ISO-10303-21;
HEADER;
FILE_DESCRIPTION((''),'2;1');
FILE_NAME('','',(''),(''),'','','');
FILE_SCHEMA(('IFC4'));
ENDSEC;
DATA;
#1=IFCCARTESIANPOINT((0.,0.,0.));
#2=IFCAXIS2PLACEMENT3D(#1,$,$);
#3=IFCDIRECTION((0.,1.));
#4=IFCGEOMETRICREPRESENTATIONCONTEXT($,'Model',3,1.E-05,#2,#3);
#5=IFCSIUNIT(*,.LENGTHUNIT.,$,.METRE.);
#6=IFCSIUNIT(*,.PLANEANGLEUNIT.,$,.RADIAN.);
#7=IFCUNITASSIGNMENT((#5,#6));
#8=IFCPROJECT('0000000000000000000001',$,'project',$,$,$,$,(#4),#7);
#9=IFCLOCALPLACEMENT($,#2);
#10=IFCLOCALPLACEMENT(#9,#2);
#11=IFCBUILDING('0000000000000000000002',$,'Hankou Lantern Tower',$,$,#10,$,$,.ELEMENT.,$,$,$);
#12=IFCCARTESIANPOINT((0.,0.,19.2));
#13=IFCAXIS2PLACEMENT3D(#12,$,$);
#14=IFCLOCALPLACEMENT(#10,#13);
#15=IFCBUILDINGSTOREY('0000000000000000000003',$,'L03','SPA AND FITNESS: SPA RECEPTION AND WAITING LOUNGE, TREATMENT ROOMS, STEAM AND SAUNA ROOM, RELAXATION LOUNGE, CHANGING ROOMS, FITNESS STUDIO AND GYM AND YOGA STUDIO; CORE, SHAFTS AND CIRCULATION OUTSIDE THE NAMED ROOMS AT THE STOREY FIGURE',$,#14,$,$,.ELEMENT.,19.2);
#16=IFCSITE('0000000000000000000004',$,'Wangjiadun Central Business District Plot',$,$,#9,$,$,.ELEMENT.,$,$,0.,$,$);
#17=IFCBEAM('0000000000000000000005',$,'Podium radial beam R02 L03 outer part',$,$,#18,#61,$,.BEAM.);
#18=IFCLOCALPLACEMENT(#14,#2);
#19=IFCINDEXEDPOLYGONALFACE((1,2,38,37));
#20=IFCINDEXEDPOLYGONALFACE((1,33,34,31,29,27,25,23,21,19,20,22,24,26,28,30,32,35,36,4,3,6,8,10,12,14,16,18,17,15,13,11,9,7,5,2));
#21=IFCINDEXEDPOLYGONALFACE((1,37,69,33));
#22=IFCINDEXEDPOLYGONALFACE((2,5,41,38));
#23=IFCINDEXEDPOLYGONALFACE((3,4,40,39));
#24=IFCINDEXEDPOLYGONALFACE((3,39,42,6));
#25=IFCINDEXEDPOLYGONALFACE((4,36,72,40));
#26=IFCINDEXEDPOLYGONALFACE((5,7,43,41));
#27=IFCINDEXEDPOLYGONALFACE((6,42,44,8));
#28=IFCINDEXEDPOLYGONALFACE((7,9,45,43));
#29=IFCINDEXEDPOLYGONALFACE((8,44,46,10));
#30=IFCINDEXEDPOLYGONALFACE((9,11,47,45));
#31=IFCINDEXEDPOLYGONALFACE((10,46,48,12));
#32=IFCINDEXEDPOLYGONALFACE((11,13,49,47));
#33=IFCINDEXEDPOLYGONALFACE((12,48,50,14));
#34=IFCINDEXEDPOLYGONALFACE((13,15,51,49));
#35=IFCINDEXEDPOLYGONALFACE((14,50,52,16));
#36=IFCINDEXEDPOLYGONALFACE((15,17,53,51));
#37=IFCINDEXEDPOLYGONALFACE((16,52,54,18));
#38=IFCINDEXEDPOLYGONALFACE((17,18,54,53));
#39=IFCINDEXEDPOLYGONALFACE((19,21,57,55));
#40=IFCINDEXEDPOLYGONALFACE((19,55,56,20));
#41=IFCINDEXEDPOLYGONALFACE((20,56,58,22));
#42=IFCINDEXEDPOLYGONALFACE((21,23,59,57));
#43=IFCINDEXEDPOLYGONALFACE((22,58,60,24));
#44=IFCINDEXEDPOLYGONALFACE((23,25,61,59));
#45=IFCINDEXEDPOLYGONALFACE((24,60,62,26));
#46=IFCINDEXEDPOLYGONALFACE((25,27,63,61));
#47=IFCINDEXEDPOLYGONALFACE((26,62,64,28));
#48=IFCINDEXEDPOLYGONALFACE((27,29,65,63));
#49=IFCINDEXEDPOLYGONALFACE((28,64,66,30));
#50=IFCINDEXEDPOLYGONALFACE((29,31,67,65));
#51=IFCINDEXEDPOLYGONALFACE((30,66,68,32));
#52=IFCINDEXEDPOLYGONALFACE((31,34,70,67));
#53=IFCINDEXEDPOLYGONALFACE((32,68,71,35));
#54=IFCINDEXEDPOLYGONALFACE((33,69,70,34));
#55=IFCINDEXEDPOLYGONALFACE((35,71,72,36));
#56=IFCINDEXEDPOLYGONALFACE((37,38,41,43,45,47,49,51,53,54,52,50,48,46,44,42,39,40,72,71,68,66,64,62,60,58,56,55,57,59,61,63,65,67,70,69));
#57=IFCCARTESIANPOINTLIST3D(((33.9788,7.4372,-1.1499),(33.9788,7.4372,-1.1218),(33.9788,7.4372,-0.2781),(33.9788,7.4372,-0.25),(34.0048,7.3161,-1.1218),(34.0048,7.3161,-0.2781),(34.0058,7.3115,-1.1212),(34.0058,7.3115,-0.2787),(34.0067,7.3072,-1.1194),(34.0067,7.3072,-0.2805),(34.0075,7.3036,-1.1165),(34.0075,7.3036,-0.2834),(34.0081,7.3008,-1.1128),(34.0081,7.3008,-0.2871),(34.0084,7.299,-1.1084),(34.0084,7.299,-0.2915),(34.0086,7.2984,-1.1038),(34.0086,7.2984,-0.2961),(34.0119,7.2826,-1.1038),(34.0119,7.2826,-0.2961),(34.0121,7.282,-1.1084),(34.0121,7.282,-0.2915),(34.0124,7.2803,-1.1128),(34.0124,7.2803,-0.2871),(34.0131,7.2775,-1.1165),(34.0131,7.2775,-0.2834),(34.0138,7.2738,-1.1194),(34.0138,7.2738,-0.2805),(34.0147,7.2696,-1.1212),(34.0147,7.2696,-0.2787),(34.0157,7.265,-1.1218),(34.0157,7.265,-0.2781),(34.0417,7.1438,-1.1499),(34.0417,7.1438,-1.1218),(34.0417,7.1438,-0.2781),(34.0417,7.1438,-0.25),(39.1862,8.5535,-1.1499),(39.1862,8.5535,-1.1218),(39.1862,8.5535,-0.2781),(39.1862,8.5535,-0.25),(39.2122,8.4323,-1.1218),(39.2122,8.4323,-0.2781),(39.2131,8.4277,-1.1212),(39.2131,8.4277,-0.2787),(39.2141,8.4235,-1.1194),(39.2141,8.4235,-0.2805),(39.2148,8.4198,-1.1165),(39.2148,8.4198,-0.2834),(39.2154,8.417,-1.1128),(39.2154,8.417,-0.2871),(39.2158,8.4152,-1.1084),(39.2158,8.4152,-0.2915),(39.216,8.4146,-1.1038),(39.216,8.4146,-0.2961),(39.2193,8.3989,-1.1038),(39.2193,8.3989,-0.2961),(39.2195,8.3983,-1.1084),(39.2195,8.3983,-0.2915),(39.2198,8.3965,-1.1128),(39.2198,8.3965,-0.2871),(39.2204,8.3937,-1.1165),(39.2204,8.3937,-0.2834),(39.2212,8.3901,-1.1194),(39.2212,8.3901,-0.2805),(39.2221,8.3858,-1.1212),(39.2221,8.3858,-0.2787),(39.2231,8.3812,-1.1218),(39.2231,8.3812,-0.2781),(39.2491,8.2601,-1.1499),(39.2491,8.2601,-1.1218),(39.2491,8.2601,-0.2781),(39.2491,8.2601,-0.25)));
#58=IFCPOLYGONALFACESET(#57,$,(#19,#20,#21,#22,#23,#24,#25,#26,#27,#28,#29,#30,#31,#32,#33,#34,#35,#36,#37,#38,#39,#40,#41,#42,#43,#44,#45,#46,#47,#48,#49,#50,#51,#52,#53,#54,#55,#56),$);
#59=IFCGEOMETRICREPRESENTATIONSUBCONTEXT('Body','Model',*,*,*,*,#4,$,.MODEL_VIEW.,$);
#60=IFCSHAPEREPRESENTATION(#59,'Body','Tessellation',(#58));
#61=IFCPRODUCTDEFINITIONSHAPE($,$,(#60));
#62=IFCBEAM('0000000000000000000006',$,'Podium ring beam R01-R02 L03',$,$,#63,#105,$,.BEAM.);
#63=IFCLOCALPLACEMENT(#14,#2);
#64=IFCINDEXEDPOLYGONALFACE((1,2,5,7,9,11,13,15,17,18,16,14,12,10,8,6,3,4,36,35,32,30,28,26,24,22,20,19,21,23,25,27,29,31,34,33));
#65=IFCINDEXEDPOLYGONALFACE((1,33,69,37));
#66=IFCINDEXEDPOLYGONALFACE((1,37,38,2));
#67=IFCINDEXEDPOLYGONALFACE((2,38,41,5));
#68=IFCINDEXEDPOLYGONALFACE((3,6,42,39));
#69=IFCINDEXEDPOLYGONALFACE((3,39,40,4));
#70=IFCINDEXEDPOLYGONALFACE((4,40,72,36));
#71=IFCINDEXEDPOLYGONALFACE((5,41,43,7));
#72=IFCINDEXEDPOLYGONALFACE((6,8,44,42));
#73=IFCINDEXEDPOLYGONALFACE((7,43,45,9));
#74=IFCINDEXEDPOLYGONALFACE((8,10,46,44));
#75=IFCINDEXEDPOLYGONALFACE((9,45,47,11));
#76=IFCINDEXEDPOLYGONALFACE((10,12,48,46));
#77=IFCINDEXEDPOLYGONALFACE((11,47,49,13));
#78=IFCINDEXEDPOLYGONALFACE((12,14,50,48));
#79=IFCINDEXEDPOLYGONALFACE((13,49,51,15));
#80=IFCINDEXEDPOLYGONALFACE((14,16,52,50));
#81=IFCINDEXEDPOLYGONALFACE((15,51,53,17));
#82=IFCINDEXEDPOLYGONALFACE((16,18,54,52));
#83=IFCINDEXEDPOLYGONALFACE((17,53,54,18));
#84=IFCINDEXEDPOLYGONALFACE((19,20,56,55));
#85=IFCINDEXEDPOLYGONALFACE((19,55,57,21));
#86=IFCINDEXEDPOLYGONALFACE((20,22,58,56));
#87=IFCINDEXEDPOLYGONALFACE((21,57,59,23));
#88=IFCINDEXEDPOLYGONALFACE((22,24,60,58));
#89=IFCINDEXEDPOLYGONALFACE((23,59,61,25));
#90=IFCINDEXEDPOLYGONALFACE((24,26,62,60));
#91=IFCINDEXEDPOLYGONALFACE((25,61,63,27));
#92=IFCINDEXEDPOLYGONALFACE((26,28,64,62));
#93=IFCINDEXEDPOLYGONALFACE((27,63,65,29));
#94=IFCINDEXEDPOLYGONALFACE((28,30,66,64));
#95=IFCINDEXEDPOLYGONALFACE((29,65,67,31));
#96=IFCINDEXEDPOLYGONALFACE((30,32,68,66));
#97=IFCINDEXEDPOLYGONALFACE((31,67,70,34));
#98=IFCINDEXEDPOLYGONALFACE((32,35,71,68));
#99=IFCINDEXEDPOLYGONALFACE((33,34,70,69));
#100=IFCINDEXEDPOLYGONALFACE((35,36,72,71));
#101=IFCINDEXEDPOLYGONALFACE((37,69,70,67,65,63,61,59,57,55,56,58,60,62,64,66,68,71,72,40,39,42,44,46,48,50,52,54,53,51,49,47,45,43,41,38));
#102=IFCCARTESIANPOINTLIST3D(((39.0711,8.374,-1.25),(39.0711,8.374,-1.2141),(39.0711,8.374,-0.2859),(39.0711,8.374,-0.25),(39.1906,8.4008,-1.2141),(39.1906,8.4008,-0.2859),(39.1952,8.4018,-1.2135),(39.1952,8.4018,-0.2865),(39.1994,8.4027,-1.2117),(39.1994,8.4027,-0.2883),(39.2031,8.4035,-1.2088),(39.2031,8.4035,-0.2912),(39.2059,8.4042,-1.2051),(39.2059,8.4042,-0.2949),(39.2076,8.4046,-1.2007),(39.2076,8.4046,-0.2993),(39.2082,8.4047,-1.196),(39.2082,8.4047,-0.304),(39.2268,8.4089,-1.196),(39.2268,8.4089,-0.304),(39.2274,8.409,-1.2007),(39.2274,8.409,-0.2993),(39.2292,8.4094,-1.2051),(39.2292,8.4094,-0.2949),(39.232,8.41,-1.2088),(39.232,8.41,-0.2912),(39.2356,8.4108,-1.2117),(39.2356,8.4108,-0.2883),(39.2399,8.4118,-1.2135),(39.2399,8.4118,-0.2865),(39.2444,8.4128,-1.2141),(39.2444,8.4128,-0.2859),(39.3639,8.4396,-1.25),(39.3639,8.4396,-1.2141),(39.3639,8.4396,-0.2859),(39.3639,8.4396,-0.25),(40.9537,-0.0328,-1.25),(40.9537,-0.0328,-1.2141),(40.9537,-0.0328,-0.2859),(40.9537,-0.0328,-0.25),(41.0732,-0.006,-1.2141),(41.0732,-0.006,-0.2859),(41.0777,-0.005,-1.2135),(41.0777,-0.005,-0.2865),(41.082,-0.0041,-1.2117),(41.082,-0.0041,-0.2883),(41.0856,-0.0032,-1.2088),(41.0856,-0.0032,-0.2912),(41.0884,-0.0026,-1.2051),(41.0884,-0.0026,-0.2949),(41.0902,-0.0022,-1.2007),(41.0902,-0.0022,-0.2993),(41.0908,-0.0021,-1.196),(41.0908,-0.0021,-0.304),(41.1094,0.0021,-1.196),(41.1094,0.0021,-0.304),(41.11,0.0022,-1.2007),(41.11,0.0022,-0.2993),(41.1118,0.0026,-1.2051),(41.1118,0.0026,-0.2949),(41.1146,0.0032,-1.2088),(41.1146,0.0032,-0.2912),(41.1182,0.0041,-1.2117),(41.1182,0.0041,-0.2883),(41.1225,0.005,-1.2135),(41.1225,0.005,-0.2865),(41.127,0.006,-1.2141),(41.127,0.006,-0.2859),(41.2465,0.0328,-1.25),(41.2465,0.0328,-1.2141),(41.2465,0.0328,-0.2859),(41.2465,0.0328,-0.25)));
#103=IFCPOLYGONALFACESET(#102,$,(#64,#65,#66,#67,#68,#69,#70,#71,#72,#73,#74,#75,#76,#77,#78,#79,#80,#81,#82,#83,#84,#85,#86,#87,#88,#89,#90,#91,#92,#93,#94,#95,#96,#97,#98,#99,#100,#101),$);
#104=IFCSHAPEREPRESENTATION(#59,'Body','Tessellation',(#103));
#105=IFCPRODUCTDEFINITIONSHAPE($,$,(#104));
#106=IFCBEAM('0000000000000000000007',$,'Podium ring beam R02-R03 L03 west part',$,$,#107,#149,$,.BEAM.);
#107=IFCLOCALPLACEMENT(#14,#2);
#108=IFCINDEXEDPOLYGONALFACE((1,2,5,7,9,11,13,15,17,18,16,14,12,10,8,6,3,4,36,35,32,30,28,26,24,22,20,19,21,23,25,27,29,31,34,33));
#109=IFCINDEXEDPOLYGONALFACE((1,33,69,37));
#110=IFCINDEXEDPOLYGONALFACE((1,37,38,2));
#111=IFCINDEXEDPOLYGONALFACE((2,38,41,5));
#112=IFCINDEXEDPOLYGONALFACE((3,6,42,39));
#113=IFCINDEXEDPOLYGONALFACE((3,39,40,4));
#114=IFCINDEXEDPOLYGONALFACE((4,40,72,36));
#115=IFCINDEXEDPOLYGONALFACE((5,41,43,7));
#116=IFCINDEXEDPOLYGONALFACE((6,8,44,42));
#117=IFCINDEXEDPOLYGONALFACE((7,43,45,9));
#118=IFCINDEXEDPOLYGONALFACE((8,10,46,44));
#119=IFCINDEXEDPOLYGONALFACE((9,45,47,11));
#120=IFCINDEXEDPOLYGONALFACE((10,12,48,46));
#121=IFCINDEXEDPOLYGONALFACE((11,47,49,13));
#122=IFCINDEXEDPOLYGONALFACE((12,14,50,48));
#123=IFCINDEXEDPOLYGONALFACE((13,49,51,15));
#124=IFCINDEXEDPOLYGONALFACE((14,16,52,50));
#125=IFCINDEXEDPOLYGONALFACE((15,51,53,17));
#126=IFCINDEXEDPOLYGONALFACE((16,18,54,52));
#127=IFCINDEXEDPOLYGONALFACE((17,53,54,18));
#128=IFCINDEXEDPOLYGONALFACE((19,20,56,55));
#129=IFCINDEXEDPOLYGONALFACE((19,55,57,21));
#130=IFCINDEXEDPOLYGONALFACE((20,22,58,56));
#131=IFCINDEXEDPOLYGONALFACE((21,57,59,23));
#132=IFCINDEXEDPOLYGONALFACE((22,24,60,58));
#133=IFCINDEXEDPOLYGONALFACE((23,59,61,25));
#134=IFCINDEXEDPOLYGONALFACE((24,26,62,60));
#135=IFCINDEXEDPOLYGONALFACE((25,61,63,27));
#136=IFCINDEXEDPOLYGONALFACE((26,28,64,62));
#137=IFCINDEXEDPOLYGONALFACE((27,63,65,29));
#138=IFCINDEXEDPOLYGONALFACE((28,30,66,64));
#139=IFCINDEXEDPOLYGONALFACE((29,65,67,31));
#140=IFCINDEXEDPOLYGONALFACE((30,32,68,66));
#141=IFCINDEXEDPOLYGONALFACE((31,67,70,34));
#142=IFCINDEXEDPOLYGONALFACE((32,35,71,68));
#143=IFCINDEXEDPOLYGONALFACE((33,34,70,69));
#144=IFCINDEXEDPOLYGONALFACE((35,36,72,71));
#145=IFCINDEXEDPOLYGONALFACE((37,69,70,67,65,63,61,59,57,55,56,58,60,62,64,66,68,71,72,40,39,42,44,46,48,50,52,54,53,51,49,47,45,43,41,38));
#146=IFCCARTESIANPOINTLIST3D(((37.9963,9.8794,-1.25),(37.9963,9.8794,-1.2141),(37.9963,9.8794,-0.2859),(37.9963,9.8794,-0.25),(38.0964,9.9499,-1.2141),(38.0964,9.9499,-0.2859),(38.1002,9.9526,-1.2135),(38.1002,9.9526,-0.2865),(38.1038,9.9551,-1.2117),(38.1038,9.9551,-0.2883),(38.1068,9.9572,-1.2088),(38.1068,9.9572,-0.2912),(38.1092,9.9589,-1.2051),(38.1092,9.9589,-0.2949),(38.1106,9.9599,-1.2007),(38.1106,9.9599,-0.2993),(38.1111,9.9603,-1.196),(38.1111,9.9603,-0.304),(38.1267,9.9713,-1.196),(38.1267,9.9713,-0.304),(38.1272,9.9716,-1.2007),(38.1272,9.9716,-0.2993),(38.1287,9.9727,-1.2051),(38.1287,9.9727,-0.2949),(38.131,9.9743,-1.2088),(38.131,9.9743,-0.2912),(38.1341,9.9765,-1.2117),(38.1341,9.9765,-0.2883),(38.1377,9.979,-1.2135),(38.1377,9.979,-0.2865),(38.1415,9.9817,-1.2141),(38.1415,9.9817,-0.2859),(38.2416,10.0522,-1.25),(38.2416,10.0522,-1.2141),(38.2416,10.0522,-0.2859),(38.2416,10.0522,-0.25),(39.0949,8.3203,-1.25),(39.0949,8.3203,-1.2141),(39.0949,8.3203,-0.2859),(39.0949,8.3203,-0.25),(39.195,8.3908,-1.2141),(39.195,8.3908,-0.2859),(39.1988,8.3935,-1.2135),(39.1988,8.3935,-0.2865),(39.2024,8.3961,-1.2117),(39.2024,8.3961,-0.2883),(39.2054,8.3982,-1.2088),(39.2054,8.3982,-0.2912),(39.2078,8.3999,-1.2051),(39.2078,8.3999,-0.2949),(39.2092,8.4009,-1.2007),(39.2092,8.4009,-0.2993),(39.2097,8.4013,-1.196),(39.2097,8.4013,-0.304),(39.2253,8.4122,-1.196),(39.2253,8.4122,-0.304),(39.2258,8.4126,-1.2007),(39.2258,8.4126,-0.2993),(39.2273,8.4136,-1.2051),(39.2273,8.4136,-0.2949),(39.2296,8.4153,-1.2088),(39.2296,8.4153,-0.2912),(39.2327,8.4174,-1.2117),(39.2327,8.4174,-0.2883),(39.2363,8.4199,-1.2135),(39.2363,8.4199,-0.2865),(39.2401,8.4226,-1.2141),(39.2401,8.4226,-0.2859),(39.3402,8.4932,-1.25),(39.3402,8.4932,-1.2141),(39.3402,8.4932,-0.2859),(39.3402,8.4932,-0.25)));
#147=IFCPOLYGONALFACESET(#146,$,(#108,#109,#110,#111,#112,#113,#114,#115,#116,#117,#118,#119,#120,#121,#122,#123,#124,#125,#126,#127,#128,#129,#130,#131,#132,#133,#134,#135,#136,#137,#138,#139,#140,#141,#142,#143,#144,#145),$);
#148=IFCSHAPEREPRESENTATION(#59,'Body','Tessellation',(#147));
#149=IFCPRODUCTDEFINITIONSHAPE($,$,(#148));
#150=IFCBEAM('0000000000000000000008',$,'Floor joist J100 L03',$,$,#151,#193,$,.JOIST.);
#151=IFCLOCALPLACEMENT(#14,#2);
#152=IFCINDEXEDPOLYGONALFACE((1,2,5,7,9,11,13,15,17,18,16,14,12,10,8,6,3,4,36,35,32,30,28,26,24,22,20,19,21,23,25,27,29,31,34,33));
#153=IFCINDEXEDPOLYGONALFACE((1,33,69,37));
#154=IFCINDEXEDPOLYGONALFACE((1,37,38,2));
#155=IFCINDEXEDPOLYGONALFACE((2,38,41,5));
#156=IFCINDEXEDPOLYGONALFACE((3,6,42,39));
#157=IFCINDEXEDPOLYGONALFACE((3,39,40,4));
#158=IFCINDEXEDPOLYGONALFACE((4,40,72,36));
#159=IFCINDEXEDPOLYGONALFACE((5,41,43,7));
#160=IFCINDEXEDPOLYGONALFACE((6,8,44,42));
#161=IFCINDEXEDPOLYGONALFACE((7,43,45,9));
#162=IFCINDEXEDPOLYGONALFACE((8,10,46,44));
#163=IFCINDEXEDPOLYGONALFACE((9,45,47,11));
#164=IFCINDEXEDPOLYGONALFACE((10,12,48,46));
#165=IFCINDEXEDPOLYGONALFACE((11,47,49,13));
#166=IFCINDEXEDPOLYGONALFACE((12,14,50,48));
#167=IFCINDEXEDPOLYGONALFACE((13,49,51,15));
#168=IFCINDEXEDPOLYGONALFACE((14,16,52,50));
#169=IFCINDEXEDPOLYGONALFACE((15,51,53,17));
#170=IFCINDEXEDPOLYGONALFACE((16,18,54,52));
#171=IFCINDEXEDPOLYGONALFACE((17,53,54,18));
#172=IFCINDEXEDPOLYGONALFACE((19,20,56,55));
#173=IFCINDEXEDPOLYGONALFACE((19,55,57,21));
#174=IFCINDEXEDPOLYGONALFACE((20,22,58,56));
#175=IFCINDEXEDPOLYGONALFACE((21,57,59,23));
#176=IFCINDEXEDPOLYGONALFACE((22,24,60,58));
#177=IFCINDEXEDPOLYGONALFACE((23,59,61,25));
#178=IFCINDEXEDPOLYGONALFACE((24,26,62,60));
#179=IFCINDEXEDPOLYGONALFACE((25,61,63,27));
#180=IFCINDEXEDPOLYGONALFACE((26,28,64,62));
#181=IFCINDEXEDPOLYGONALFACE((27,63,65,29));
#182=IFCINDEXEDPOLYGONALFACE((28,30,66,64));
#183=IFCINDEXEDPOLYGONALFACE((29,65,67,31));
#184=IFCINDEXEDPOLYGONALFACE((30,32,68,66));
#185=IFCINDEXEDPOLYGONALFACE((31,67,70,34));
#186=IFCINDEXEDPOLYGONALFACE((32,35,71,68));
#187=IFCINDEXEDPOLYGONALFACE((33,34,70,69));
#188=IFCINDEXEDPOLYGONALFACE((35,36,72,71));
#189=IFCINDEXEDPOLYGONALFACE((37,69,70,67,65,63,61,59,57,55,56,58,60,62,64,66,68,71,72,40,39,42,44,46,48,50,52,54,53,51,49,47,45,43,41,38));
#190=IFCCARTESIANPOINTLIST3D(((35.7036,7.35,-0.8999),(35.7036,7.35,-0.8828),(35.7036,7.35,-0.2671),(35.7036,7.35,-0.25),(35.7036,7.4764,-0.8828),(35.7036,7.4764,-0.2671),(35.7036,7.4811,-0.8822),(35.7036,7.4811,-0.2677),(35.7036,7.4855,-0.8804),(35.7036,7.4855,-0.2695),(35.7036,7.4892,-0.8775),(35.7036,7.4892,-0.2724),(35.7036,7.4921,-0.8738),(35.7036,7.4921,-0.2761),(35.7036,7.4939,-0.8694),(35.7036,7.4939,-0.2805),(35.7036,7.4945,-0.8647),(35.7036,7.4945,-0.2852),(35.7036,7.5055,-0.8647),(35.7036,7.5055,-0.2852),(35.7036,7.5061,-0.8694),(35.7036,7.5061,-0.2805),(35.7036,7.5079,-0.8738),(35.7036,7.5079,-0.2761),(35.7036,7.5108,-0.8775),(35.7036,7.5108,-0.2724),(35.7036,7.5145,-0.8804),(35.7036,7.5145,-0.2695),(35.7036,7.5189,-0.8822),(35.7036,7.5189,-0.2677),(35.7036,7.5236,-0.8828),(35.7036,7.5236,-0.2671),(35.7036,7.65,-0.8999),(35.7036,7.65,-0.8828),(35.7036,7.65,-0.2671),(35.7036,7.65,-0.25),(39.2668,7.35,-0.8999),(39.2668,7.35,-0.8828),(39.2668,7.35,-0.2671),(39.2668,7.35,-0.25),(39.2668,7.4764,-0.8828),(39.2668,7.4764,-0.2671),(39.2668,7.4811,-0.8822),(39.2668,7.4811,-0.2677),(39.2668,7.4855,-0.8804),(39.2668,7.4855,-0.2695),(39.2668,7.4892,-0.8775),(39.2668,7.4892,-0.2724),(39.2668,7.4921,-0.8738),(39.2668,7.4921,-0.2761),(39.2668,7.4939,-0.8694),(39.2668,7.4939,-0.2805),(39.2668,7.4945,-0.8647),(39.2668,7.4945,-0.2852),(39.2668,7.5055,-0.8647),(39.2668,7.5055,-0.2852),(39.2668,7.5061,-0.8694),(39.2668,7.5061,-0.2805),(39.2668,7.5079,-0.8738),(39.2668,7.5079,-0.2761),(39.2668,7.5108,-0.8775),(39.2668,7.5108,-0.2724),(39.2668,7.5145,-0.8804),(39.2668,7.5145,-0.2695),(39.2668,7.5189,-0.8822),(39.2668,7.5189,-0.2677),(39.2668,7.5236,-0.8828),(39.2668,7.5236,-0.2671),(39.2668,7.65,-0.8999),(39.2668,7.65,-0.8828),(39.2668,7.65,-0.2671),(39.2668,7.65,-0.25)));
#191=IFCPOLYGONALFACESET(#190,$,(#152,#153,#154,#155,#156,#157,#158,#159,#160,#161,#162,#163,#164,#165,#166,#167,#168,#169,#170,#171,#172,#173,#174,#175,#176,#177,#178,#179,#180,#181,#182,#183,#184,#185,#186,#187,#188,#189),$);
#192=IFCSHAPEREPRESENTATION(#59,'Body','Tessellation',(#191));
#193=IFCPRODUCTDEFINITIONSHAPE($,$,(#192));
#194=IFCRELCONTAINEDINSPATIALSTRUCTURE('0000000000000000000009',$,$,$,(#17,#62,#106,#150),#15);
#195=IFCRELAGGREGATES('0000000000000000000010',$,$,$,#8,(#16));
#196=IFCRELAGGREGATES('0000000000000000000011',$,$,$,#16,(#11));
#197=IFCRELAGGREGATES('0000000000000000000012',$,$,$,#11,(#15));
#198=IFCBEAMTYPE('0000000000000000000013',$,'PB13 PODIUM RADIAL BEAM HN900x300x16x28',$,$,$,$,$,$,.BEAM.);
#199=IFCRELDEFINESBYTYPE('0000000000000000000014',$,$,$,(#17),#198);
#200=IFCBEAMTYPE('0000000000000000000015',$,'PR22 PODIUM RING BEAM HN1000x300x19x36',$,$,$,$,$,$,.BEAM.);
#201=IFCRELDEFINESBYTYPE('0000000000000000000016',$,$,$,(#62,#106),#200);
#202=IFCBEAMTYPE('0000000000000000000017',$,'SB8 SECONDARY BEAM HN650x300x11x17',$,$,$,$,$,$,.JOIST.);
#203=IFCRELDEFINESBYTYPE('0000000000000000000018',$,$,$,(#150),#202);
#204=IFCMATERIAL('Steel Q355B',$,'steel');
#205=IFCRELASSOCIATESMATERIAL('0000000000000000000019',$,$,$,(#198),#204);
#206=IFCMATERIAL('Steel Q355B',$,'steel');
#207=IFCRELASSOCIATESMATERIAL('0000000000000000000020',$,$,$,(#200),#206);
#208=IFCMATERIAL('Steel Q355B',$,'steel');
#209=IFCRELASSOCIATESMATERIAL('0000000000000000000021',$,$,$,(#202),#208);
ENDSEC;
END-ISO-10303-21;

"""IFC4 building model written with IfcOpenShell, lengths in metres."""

from ifc_helpers import new_model, si_unit, direction, frame, origin, origin_2d, place, context, subcontext, project, spatial, i_section, extrude, material, material_profile, profile_set, type_object, element, save


model = new_model("IFC4")

# Units and contexts
model_context = context("Model", 3, precision=1e-05, world=origin(), true_north=direction((0.0, 1.0)))
body_context = subcontext(model_context, "Body", "Model", "MODEL_VIEW")
ifc_project = project(units=[si_unit("LENGTHUNIT", "METRE"), si_unit("PLANEANGLEUNIT", "RADIAN")], contexts=[model_context])

# Site, building, storey
site_placement = place(None, origin())
site = spatial("IfcSite", under=ifc_project, at=site_placement, Name="Wangjiadun Central Business District Plot", CompositionType="ELEMENT", RefElevation=0.0)
building_placement = place(site_placement, origin())
building = spatial("IfcBuilding", under=site, at=building_placement, Name="Hankou Lantern Tower", CompositionType="ELEMENT")
storey_placement = place(building_placement, frame((0.0, 0.0, 19.2)))
storey = spatial("IfcBuildingStorey", under=building, at=storey_placement, Name="L03", Description="SPA AND FITNESS: SPA RECEPTION AND WAITING LOUNGE, TREATMENT ROOMS, STEAM AND SAUNA ROOM, RELAXATION LOUNGE, CHANGING ROOMS, FITNESS STUDIO AND GYM AND YOGA STUDIO; CORE, SHAFTS AND CIRCULATION OUTSIDE THE NAMED ROOMS AT THE STOREY FIGURE", CompositionType="ELEMENT", Elevation=19.2)

# Beams
ifc_material_1 = material(Name="Steel Q355B", Category="steel")
ifc_material_profile_1 = material_profile(ifc_material_1, i_section(OverallWidth=0.3, OverallDepth=0.8999, WebThickness=0.0161, FlangeThickness=0.0281, FilletRadius=0.0181, at=origin_2d()), Name="HN900x300x16x28")
ifc_profile_set_1 = profile_set([ifc_material_profile_1], Name="Steel Q355B")
beam_type_1 = type_object("IfcBeamType", Name="PB13 PODIUM RADIAL BEAM HN900x300x16x28", PredefinedType="BEAM", material=ifc_profile_set_1)
beam_1_placement = place(storey_placement, frame((34.0103, 7.2905, -0.7), z_axis=(0.977788, 0.209595, 0.0), x_axis=(-0.209595, 0.977788, 0.0)))
element("IfcBeam", 1, at=beam_1_placement, inside=storey, type_object=beam_type_1, Name="Podium radial beam R02 L03 outer part", PredefinedType="BEAM", context=body_context, shape_type="SweptSolid", body=[
    extrude(i_section(OverallWidth=0.3, OverallDepth=0.8999, WebThickness=0.0161, FlangeThickness=0.0281, FilletRadius=0.0181, at=origin_2d()), origin(), (0.0, 0.0, 1.0), 5.3257),
])
ifc_material_2 = material(Name="Steel Q355B", Category="steel")
ifc_material_profile_2 = material_profile(ifc_material_2, i_section(OverallWidth=0.3, OverallDepth=1.0, WebThickness=0.019, FlangeThickness=0.0359, FilletRadius=0.0181, at=origin_2d()), Name="HN1000x300x19x36")
ifc_profile_set_2 = profile_set([ifc_material_profile_2], Name="Steel Q355B")
beam_type_2 = type_object("IfcBeamType", Name="PR22 PODIUM RING BEAM HN1000x300x19x36", PredefinedType="BEAM", material=ifc_profile_set_2)
beam_2_placement = place(storey_placement, frame((41.1001, 0.0, -0.75), z_axis=(-0.218523, 0.975832, 0.0), x_axis=(-0.975832, -0.218523, 0.0)))
element("IfcBeam", 2, at=beam_2_placement, inside=storey, type_object=beam_type_2, Name="Podium ring beam R01-R02 L03", PredefinedType="BEAM", context=body_context, shape_type="SweptSolid", body=[
    extrude(i_section(OverallWidth=0.3, OverallDepth=1.0, WebThickness=0.019, FlangeThickness=0.0359, FilletRadius=0.0181, at=origin_2d()), origin(), (0.0, 0.0, 1.0), 8.615),
])
beam_3_placement = place(storey_placement, frame((39.2175, 8.4067, -0.75), z_axis=(-0.57602, 0.817436, 0.0), x_axis=(-0.817436, -0.57602, 0.0)))
element("IfcBeam", 3, at=beam_3_placement, inside=storey, type_object=beam_type_2, Name="Podium ring beam R02-R03 L03 west part", PredefinedType="BEAM", context=body_context, shape_type="SweptSolid", body=[
    extrude(i_section(OverallWidth=0.3, OverallDepth=1.0, WebThickness=0.019, FlangeThickness=0.0359, FilletRadius=0.0181, at=origin_2d()), origin(), (0.0, 0.0, 1.0), 1.9072),
])
ifc_material_3 = material(Name="Steel Q355B", Category="steel")
ifc_material_profile_3 = material_profile(ifc_material_3, i_section(OverallWidth=0.3, OverallDepth=0.6499, WebThickness=0.011, FlangeThickness=0.0171, FilletRadius=0.0181, at=origin_2d()), Name="HN650x300x11x17")
ifc_profile_set_3 = profile_set([ifc_material_profile_3], Name="Steel Q355B")
beam_type_3 = type_object("IfcBeamType", Name="SB8 SECONDARY BEAM HN650x300x11x17", PredefinedType="JOIST", material=ifc_profile_set_3)
beam_4_placement = place(storey_placement, frame((35.7036, 7.5, -0.575), z_axis=(1.0, 0.0, 0.0), x_axis=(0.0, 1.0, 0.0)))
element("IfcBeam", 4, at=beam_4_placement, inside=storey, type_object=beam_type_3, Name="Floor joist J100 L03", PredefinedType="JOIST", context=body_context, shape_type="SweptSolid", body=[
    extrude(i_section(OverallWidth=0.3, OverallDepth=0.6499, WebThickness=0.011, FlangeThickness=0.0171, FilletRadius=0.0181, at=origin_2d()), origin(), (0.0, 0.0, 1.0), 3.5632),
])

save(model, "model.ifc")
